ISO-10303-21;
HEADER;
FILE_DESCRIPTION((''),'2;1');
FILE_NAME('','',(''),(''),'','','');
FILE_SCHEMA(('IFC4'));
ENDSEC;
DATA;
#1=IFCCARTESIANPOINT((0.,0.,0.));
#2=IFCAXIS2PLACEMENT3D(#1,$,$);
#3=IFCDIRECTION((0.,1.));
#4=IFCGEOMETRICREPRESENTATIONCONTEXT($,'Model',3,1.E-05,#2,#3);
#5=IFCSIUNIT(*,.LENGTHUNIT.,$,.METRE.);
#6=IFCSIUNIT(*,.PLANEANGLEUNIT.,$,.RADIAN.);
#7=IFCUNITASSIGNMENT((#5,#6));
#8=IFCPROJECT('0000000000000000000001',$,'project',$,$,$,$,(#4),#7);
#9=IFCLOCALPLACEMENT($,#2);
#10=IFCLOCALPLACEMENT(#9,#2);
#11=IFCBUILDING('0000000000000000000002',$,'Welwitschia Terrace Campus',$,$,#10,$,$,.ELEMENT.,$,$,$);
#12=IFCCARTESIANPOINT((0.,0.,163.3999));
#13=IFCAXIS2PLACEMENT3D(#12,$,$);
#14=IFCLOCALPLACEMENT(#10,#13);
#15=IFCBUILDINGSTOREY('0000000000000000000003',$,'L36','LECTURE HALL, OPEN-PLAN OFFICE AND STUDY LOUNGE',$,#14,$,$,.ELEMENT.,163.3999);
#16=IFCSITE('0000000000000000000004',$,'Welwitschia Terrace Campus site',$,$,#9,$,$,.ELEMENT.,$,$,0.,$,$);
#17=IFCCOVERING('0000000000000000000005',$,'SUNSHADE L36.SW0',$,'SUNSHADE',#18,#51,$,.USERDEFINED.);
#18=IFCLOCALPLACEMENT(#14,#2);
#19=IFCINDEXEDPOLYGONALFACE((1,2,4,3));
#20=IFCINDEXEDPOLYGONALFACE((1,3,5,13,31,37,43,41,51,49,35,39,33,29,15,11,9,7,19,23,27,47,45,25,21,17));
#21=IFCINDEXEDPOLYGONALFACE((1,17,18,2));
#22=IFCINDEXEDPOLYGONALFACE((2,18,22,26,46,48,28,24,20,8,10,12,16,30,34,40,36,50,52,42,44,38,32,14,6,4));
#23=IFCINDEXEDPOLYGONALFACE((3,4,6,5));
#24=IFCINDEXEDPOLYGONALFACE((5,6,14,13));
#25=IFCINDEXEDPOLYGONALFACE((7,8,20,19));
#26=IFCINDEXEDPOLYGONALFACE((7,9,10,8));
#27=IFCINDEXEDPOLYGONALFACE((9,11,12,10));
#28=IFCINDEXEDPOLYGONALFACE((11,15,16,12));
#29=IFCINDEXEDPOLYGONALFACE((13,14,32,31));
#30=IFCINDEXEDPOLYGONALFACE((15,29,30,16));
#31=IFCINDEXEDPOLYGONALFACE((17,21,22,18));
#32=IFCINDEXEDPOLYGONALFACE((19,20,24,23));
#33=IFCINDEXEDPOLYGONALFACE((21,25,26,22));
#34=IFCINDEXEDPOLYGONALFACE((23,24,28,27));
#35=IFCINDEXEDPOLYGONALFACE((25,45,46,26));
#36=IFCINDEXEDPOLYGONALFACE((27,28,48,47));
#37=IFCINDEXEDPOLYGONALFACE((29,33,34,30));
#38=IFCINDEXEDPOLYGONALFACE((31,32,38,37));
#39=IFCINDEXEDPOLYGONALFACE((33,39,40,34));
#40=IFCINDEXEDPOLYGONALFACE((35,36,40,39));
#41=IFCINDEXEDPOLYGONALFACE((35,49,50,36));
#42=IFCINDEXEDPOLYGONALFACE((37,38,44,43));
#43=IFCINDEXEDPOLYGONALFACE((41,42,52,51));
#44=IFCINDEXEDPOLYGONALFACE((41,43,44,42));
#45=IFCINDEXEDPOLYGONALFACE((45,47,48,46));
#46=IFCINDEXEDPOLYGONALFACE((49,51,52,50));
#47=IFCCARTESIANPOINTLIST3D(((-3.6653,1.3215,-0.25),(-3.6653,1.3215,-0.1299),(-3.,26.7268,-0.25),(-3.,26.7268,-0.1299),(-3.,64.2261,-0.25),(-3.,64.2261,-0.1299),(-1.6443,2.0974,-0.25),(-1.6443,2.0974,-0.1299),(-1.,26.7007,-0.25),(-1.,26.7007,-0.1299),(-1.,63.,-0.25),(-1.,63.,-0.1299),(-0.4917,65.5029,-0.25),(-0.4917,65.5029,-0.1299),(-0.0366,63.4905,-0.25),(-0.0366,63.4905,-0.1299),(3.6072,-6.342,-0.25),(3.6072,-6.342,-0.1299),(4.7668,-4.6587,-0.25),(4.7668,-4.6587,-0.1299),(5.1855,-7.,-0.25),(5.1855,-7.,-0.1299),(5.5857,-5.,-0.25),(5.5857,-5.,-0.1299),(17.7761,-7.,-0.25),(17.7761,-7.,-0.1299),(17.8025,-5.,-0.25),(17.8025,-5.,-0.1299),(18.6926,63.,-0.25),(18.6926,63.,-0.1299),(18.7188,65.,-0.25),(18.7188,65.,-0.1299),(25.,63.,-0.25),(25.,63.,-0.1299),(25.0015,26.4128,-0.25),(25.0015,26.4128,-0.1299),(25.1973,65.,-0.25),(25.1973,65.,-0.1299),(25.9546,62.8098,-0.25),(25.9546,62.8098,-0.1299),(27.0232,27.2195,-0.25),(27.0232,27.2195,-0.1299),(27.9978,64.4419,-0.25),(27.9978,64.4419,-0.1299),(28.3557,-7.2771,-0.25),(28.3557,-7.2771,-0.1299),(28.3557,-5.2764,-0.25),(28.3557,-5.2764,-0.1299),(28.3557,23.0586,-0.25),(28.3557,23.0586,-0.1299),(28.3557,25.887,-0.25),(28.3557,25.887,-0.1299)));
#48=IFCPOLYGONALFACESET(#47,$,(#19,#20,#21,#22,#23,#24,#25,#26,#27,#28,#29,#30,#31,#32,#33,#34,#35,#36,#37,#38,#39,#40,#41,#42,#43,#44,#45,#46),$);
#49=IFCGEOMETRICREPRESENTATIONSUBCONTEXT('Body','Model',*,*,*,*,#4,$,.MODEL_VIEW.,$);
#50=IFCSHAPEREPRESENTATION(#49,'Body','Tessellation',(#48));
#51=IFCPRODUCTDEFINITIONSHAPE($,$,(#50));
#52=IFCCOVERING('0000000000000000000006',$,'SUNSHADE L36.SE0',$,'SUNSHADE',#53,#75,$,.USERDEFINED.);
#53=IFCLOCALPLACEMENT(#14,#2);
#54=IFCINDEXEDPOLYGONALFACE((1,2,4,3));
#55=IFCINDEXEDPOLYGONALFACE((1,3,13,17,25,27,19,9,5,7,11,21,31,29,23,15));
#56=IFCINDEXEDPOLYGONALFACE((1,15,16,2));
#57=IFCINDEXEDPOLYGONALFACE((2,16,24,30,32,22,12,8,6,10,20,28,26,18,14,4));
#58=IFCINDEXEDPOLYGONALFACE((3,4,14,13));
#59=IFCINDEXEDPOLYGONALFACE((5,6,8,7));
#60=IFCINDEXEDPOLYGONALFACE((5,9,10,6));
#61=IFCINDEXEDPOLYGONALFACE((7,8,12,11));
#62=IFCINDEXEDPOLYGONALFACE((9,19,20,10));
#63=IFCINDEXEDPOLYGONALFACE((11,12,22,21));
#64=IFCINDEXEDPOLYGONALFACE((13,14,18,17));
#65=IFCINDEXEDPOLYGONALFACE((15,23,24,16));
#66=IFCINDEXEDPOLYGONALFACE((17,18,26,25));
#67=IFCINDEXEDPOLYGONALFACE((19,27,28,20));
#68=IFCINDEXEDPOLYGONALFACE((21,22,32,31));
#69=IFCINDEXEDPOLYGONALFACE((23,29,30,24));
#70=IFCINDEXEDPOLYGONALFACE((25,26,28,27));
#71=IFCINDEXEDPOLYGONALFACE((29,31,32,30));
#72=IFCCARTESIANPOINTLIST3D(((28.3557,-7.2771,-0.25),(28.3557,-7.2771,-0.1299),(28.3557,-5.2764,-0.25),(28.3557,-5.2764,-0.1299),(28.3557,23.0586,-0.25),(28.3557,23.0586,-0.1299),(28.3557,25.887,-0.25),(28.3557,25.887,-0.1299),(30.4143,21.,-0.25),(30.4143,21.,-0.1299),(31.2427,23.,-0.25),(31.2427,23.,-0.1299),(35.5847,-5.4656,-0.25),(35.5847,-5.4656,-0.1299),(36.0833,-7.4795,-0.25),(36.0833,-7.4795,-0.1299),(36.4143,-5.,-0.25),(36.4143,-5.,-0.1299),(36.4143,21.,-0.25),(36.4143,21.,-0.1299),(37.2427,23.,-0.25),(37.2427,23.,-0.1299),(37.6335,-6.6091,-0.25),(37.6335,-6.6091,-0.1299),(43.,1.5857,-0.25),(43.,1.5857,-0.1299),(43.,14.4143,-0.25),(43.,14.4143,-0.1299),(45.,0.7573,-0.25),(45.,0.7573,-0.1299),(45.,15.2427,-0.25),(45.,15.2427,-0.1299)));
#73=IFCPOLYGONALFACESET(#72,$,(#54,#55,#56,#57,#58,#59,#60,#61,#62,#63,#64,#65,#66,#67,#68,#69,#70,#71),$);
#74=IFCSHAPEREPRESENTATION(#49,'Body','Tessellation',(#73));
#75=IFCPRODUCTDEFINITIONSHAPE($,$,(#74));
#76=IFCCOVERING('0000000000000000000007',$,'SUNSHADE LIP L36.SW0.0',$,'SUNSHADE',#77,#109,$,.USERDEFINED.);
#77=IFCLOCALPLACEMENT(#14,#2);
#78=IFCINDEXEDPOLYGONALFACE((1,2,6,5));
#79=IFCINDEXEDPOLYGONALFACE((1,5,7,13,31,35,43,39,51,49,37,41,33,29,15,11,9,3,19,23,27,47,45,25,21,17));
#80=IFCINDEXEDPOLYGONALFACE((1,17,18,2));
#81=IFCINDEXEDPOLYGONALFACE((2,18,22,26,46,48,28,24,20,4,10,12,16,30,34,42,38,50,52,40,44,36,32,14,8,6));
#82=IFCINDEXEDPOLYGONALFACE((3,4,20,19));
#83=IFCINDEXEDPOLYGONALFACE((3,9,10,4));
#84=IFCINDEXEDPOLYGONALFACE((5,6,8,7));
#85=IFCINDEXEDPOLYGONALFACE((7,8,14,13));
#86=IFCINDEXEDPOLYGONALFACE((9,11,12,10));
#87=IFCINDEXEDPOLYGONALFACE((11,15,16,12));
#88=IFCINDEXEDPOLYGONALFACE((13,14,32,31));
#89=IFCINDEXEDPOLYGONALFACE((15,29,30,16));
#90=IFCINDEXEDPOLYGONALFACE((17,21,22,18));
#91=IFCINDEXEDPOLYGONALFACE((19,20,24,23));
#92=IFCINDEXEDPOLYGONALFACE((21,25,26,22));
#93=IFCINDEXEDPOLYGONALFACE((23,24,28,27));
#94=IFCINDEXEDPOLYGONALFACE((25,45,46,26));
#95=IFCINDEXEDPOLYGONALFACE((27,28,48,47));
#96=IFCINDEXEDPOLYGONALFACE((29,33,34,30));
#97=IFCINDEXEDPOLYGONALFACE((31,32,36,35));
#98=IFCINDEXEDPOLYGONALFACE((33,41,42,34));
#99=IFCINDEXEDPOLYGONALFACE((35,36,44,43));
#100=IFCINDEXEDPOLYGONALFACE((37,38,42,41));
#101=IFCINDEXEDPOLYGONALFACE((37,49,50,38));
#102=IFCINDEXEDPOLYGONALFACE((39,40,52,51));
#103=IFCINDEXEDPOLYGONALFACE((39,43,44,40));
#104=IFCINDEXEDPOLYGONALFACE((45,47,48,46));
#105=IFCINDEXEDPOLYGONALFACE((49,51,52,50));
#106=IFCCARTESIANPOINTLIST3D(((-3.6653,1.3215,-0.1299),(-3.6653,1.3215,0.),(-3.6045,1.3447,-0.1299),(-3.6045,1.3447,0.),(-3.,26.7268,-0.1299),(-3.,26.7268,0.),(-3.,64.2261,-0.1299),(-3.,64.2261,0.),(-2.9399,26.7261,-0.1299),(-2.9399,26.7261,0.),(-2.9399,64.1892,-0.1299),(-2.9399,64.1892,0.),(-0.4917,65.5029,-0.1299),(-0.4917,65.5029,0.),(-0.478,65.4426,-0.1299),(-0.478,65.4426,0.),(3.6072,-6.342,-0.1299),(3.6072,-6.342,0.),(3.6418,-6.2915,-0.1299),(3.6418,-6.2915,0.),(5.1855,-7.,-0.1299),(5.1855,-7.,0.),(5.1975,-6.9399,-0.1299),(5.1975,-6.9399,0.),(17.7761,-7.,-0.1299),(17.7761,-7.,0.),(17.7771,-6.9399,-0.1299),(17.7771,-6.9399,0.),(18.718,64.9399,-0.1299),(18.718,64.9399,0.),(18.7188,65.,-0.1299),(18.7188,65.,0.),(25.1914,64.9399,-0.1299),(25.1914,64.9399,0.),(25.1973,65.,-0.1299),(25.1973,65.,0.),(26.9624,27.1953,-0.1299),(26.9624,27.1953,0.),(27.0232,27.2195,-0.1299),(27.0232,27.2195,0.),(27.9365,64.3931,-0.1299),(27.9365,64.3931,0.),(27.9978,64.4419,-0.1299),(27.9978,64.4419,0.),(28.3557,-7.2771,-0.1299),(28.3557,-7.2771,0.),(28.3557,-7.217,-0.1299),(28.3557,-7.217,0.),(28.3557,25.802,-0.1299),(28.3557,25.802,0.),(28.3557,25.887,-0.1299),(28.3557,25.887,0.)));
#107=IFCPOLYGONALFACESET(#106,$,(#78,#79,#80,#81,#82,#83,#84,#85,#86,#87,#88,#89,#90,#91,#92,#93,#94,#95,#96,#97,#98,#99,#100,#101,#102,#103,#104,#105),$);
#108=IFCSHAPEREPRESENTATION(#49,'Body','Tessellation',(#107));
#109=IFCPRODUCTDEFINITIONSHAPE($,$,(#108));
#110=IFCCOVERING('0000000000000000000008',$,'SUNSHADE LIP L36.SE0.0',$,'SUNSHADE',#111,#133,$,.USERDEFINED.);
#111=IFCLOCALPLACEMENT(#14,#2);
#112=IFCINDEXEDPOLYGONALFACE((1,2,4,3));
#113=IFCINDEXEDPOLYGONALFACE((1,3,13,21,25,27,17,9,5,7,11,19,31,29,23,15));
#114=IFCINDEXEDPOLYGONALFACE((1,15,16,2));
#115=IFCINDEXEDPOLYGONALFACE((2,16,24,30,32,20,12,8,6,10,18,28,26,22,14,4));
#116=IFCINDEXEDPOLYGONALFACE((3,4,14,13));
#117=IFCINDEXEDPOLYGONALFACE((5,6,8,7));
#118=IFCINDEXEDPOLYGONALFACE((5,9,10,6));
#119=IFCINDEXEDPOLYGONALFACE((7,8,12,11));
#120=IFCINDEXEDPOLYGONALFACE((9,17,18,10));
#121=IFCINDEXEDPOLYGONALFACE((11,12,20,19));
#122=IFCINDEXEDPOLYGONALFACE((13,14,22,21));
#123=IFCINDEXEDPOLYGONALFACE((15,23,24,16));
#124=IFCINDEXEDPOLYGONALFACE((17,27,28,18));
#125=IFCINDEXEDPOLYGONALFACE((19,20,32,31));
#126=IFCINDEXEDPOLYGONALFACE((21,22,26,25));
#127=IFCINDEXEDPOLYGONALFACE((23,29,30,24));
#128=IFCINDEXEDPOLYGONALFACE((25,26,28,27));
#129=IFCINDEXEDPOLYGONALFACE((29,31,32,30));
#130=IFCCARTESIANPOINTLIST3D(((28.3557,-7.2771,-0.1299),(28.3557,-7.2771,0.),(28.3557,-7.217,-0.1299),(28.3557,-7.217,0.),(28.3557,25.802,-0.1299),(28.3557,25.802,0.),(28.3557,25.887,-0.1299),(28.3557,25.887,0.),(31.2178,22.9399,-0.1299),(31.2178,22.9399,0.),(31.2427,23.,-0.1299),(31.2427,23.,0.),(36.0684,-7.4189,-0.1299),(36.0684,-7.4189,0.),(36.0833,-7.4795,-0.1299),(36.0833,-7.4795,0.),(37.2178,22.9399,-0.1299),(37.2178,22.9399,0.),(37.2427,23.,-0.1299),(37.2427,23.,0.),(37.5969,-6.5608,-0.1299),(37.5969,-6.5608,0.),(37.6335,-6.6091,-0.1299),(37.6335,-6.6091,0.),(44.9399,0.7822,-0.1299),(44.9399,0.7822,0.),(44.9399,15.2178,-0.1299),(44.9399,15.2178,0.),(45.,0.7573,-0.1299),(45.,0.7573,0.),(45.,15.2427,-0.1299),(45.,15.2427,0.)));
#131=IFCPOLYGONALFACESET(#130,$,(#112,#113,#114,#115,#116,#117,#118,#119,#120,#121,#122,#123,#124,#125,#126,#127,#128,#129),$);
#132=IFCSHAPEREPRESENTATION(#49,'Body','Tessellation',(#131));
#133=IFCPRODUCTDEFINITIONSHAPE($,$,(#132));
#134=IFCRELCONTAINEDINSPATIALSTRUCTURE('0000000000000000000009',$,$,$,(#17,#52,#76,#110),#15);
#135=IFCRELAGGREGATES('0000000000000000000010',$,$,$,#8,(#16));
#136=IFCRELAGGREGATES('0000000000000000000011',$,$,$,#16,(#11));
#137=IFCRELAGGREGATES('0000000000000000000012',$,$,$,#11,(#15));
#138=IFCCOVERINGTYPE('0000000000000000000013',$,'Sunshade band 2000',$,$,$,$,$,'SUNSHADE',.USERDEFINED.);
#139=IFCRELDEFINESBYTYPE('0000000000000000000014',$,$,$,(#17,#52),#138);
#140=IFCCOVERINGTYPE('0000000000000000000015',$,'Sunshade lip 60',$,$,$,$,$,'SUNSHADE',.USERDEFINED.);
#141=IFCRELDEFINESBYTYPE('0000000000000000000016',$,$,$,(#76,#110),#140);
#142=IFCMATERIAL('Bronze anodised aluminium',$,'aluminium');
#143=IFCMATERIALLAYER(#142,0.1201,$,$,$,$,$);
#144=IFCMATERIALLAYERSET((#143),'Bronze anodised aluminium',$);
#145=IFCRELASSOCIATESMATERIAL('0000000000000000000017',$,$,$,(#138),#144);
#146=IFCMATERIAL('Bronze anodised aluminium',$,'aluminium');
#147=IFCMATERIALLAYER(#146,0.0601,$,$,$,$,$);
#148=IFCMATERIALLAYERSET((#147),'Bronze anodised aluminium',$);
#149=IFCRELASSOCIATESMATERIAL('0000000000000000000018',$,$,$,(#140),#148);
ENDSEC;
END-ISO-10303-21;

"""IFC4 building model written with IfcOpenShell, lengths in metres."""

from ifc_helpers import new_model, si_unit, direction, frame, origin, place, context, subcontext, project, spatial, polyline, outline, extrude, material, layer, layer_set, type_object, element, save


model = new_model("IFC4")

# Units and contexts
model_context = context("Model", 3, precision=1e-05, world=origin(), true_north=direction((0.0, 1.0)))
body_context = subcontext(model_context, "Body", "Model", "MODEL_VIEW")
ifc_project = project(units=[si_unit("LENGTHUNIT", "METRE"), si_unit("PLANEANGLEUNIT", "RADIAN")], contexts=[model_context])

# Site, building, storey
site_placement = place(None, origin())
site = spatial("IfcSite", under=ifc_project, at=site_placement, Name="Welwitschia Terrace Campus site", CompositionType="ELEMENT", RefElevation=0.0)
building_placement = place(site_placement, origin())
building = spatial("IfcBuilding", under=site, at=building_placement, Name="Welwitschia Terrace Campus", CompositionType="ELEMENT")
storey_placement = place(building_placement, frame((0.0, 0.0, 163.3999)))
storey = spatial("IfcBuildingStorey", under=building, at=storey_placement, Name="L36", Description="LECTURE HALL, OPEN-PLAN OFFICE AND STUDY LOUNGE", CompositionType="ELEMENT", Elevation=163.3999)

# Coverings
ifc_material_1 = material(Name="Bronze anodised aluminium", Category="aluminium")
ifc_layer_1 = layer(ifc_material_1, 0.1201)
ifc_layer_set_1 = layer_set([ifc_layer_1], Name="Bronze anodised aluminium")
covering_type_1 = type_object("IfcCoveringType", Name="Sunshade band 2000", ElementType="SUNSHADE", PredefinedType="USERDEFINED", material=ifc_layer_set_1)
covering_1_placement = place(storey_placement, frame((0.0, 0.0, -0.25)))
element("IfcCovering", 1, at=covering_1_placement, inside=storey, type_object=covering_type_1, Name="SUNSHADE L36.SW0", ObjectType="SUNSHADE", PredefinedType="USERDEFINED", context=body_context, shape_type="SweptSolid", body=[
    extrude(outline(polyline([(18.7188, 65.0), (25.1973, 65.0), (27.9978, 64.4419), (27.0232, 27.2195), (28.3557, 25.887), (28.3557, 23.0586), (25.0015, 26.4128), (25.9546, 62.8098), (25.0, 63.0), (18.6926, 63.0), (-0.0366, 63.4905), (-1.0, 63.0), (-1.0, 26.7007), (-1.6443, 2.0974), (4.7668, -4.6587), (5.5857, -5.0), (17.8025, -5.0), (28.3557, -5.2764), (28.3557, -7.2771), (17.7761, -7.0), (5.1855, -7.0), (3.6072, -6.342), (-3.6653, 1.3215), (-3.0, 26.7268), (-3.0, 64.2261), (-0.4917, 65.5029), (18.7188, 65.0)])), origin(), (0.0, 0.0, 1.0), 0.1201),
])
covering_2_placement = place(storey_placement, frame((0.0, 0.0, -0.25)))
element("IfcCovering", 2, at=covering_2_placement, inside=storey, type_object=covering_type_1, Name="SUNSHADE L36.SE0", ObjectType="SUNSHADE", PredefinedType="USERDEFINED", context=body_context, shape_type="SweptSolid", body=[
    extrude(outline(polyline([(31.2427, 23.0), (37.2427, 23.0), (45.0, 15.2427), (45.0, 0.7573), (37.6335, -6.6091), (36.0833, -7.4795), (28.3557, -7.2771), (28.3557, -5.2764), (35.5847, -5.4656), (36.4143, -5.0), (43.0, 1.5857), (43.0, 14.4143), (36.4143, 21.0), (30.4143, 21.0), (28.3557, 23.0586), (28.3557, 25.887), (31.2427, 23.0)])), origin(), (0.0, 0.0, 1.0), 0.1201),
])
ifc_material_2 = material(Name="Bronze anodised aluminium", Category="aluminium")
ifc_layer_2 = layer(ifc_material_2, 0.0601)
ifc_layer_set_2 = layer_set([ifc_layer_2], Name="Bronze anodised aluminium")
covering_type_2 = type_object("IfcCoveringType", Name="Sunshade lip 60", ElementType="SUNSHADE", PredefinedType="USERDEFINED", material=ifc_layer_set_2)
covering_3_placement = place(storey_placement, frame((0.0, 0.0, -0.1299)))
element("IfcCovering", 3, at=covering_3_placement, inside=storey, type_object=covering_type_2, Name="SUNSHADE LIP L36.SW0.0", ObjectType="SUNSHADE", PredefinedType="USERDEFINED", context=body_context, shape_type="SweptSolid", body=[
    extrude(outline(polyline([(25.1973, 65.0), (27.9978, 64.4419), (27.0232, 27.2195), (28.3557, 25.887), (28.3557, 25.802), (26.9624, 27.1953), (27.9365, 64.3931), (25.1914, 64.9399), (18.718, 64.9399), (-0.478, 65.4426), (-2.9399, 64.1892), (-2.9399, 26.7261), (-3.6045, 1.3447), (3.6418, -6.2915), (5.1975, -6.9399), (17.7771, -6.9399), (28.3557, -7.217), (28.3557, -7.2771), (17.7761, -7.0), (5.1855, -7.0), (3.6072, -6.342), (-3.6653, 1.3215), (-3.0, 26.7268), (-3.0, 64.2261), (-0.4917, 65.5029), (18.7188, 65.0), (25.1973, 65.0)])), origin(), (0.0, 0.0, 1.0), 0.1299),
])
covering_4_placement = place(storey_placement, frame((0.0, 0.0, -0.1299)))
element("IfcCovering", 4, at=covering_4_placement, inside=storey, type_object=covering_type_2, Name="SUNSHADE LIP L36.SE0.0", ObjectType="SUNSHADE", PredefinedType="USERDEFINED", context=body_context, shape_type="SweptSolid", body=[
    extrude(outline(polyline([(37.2427, 23.0), (45.0, 15.2427), (45.0, 0.7573), (37.6335, -6.6091), (36.0833, -7.4795), (28.3557, -7.2771), (28.3557, -7.217), (36.0684, -7.4189), (37.5969, -6.5608), (44.9399, 0.7822), (44.9399, 15.2178), (37.2178, 22.9399), (31.2178, 22.9399), (28.3557, 25.802), (28.3557, 25.887), (31.2427, 23.0), (37.2427, 23.0)])), origin(), (0.0, 0.0, 1.0), 0.1299),
])

save(model, "model.ifc")
